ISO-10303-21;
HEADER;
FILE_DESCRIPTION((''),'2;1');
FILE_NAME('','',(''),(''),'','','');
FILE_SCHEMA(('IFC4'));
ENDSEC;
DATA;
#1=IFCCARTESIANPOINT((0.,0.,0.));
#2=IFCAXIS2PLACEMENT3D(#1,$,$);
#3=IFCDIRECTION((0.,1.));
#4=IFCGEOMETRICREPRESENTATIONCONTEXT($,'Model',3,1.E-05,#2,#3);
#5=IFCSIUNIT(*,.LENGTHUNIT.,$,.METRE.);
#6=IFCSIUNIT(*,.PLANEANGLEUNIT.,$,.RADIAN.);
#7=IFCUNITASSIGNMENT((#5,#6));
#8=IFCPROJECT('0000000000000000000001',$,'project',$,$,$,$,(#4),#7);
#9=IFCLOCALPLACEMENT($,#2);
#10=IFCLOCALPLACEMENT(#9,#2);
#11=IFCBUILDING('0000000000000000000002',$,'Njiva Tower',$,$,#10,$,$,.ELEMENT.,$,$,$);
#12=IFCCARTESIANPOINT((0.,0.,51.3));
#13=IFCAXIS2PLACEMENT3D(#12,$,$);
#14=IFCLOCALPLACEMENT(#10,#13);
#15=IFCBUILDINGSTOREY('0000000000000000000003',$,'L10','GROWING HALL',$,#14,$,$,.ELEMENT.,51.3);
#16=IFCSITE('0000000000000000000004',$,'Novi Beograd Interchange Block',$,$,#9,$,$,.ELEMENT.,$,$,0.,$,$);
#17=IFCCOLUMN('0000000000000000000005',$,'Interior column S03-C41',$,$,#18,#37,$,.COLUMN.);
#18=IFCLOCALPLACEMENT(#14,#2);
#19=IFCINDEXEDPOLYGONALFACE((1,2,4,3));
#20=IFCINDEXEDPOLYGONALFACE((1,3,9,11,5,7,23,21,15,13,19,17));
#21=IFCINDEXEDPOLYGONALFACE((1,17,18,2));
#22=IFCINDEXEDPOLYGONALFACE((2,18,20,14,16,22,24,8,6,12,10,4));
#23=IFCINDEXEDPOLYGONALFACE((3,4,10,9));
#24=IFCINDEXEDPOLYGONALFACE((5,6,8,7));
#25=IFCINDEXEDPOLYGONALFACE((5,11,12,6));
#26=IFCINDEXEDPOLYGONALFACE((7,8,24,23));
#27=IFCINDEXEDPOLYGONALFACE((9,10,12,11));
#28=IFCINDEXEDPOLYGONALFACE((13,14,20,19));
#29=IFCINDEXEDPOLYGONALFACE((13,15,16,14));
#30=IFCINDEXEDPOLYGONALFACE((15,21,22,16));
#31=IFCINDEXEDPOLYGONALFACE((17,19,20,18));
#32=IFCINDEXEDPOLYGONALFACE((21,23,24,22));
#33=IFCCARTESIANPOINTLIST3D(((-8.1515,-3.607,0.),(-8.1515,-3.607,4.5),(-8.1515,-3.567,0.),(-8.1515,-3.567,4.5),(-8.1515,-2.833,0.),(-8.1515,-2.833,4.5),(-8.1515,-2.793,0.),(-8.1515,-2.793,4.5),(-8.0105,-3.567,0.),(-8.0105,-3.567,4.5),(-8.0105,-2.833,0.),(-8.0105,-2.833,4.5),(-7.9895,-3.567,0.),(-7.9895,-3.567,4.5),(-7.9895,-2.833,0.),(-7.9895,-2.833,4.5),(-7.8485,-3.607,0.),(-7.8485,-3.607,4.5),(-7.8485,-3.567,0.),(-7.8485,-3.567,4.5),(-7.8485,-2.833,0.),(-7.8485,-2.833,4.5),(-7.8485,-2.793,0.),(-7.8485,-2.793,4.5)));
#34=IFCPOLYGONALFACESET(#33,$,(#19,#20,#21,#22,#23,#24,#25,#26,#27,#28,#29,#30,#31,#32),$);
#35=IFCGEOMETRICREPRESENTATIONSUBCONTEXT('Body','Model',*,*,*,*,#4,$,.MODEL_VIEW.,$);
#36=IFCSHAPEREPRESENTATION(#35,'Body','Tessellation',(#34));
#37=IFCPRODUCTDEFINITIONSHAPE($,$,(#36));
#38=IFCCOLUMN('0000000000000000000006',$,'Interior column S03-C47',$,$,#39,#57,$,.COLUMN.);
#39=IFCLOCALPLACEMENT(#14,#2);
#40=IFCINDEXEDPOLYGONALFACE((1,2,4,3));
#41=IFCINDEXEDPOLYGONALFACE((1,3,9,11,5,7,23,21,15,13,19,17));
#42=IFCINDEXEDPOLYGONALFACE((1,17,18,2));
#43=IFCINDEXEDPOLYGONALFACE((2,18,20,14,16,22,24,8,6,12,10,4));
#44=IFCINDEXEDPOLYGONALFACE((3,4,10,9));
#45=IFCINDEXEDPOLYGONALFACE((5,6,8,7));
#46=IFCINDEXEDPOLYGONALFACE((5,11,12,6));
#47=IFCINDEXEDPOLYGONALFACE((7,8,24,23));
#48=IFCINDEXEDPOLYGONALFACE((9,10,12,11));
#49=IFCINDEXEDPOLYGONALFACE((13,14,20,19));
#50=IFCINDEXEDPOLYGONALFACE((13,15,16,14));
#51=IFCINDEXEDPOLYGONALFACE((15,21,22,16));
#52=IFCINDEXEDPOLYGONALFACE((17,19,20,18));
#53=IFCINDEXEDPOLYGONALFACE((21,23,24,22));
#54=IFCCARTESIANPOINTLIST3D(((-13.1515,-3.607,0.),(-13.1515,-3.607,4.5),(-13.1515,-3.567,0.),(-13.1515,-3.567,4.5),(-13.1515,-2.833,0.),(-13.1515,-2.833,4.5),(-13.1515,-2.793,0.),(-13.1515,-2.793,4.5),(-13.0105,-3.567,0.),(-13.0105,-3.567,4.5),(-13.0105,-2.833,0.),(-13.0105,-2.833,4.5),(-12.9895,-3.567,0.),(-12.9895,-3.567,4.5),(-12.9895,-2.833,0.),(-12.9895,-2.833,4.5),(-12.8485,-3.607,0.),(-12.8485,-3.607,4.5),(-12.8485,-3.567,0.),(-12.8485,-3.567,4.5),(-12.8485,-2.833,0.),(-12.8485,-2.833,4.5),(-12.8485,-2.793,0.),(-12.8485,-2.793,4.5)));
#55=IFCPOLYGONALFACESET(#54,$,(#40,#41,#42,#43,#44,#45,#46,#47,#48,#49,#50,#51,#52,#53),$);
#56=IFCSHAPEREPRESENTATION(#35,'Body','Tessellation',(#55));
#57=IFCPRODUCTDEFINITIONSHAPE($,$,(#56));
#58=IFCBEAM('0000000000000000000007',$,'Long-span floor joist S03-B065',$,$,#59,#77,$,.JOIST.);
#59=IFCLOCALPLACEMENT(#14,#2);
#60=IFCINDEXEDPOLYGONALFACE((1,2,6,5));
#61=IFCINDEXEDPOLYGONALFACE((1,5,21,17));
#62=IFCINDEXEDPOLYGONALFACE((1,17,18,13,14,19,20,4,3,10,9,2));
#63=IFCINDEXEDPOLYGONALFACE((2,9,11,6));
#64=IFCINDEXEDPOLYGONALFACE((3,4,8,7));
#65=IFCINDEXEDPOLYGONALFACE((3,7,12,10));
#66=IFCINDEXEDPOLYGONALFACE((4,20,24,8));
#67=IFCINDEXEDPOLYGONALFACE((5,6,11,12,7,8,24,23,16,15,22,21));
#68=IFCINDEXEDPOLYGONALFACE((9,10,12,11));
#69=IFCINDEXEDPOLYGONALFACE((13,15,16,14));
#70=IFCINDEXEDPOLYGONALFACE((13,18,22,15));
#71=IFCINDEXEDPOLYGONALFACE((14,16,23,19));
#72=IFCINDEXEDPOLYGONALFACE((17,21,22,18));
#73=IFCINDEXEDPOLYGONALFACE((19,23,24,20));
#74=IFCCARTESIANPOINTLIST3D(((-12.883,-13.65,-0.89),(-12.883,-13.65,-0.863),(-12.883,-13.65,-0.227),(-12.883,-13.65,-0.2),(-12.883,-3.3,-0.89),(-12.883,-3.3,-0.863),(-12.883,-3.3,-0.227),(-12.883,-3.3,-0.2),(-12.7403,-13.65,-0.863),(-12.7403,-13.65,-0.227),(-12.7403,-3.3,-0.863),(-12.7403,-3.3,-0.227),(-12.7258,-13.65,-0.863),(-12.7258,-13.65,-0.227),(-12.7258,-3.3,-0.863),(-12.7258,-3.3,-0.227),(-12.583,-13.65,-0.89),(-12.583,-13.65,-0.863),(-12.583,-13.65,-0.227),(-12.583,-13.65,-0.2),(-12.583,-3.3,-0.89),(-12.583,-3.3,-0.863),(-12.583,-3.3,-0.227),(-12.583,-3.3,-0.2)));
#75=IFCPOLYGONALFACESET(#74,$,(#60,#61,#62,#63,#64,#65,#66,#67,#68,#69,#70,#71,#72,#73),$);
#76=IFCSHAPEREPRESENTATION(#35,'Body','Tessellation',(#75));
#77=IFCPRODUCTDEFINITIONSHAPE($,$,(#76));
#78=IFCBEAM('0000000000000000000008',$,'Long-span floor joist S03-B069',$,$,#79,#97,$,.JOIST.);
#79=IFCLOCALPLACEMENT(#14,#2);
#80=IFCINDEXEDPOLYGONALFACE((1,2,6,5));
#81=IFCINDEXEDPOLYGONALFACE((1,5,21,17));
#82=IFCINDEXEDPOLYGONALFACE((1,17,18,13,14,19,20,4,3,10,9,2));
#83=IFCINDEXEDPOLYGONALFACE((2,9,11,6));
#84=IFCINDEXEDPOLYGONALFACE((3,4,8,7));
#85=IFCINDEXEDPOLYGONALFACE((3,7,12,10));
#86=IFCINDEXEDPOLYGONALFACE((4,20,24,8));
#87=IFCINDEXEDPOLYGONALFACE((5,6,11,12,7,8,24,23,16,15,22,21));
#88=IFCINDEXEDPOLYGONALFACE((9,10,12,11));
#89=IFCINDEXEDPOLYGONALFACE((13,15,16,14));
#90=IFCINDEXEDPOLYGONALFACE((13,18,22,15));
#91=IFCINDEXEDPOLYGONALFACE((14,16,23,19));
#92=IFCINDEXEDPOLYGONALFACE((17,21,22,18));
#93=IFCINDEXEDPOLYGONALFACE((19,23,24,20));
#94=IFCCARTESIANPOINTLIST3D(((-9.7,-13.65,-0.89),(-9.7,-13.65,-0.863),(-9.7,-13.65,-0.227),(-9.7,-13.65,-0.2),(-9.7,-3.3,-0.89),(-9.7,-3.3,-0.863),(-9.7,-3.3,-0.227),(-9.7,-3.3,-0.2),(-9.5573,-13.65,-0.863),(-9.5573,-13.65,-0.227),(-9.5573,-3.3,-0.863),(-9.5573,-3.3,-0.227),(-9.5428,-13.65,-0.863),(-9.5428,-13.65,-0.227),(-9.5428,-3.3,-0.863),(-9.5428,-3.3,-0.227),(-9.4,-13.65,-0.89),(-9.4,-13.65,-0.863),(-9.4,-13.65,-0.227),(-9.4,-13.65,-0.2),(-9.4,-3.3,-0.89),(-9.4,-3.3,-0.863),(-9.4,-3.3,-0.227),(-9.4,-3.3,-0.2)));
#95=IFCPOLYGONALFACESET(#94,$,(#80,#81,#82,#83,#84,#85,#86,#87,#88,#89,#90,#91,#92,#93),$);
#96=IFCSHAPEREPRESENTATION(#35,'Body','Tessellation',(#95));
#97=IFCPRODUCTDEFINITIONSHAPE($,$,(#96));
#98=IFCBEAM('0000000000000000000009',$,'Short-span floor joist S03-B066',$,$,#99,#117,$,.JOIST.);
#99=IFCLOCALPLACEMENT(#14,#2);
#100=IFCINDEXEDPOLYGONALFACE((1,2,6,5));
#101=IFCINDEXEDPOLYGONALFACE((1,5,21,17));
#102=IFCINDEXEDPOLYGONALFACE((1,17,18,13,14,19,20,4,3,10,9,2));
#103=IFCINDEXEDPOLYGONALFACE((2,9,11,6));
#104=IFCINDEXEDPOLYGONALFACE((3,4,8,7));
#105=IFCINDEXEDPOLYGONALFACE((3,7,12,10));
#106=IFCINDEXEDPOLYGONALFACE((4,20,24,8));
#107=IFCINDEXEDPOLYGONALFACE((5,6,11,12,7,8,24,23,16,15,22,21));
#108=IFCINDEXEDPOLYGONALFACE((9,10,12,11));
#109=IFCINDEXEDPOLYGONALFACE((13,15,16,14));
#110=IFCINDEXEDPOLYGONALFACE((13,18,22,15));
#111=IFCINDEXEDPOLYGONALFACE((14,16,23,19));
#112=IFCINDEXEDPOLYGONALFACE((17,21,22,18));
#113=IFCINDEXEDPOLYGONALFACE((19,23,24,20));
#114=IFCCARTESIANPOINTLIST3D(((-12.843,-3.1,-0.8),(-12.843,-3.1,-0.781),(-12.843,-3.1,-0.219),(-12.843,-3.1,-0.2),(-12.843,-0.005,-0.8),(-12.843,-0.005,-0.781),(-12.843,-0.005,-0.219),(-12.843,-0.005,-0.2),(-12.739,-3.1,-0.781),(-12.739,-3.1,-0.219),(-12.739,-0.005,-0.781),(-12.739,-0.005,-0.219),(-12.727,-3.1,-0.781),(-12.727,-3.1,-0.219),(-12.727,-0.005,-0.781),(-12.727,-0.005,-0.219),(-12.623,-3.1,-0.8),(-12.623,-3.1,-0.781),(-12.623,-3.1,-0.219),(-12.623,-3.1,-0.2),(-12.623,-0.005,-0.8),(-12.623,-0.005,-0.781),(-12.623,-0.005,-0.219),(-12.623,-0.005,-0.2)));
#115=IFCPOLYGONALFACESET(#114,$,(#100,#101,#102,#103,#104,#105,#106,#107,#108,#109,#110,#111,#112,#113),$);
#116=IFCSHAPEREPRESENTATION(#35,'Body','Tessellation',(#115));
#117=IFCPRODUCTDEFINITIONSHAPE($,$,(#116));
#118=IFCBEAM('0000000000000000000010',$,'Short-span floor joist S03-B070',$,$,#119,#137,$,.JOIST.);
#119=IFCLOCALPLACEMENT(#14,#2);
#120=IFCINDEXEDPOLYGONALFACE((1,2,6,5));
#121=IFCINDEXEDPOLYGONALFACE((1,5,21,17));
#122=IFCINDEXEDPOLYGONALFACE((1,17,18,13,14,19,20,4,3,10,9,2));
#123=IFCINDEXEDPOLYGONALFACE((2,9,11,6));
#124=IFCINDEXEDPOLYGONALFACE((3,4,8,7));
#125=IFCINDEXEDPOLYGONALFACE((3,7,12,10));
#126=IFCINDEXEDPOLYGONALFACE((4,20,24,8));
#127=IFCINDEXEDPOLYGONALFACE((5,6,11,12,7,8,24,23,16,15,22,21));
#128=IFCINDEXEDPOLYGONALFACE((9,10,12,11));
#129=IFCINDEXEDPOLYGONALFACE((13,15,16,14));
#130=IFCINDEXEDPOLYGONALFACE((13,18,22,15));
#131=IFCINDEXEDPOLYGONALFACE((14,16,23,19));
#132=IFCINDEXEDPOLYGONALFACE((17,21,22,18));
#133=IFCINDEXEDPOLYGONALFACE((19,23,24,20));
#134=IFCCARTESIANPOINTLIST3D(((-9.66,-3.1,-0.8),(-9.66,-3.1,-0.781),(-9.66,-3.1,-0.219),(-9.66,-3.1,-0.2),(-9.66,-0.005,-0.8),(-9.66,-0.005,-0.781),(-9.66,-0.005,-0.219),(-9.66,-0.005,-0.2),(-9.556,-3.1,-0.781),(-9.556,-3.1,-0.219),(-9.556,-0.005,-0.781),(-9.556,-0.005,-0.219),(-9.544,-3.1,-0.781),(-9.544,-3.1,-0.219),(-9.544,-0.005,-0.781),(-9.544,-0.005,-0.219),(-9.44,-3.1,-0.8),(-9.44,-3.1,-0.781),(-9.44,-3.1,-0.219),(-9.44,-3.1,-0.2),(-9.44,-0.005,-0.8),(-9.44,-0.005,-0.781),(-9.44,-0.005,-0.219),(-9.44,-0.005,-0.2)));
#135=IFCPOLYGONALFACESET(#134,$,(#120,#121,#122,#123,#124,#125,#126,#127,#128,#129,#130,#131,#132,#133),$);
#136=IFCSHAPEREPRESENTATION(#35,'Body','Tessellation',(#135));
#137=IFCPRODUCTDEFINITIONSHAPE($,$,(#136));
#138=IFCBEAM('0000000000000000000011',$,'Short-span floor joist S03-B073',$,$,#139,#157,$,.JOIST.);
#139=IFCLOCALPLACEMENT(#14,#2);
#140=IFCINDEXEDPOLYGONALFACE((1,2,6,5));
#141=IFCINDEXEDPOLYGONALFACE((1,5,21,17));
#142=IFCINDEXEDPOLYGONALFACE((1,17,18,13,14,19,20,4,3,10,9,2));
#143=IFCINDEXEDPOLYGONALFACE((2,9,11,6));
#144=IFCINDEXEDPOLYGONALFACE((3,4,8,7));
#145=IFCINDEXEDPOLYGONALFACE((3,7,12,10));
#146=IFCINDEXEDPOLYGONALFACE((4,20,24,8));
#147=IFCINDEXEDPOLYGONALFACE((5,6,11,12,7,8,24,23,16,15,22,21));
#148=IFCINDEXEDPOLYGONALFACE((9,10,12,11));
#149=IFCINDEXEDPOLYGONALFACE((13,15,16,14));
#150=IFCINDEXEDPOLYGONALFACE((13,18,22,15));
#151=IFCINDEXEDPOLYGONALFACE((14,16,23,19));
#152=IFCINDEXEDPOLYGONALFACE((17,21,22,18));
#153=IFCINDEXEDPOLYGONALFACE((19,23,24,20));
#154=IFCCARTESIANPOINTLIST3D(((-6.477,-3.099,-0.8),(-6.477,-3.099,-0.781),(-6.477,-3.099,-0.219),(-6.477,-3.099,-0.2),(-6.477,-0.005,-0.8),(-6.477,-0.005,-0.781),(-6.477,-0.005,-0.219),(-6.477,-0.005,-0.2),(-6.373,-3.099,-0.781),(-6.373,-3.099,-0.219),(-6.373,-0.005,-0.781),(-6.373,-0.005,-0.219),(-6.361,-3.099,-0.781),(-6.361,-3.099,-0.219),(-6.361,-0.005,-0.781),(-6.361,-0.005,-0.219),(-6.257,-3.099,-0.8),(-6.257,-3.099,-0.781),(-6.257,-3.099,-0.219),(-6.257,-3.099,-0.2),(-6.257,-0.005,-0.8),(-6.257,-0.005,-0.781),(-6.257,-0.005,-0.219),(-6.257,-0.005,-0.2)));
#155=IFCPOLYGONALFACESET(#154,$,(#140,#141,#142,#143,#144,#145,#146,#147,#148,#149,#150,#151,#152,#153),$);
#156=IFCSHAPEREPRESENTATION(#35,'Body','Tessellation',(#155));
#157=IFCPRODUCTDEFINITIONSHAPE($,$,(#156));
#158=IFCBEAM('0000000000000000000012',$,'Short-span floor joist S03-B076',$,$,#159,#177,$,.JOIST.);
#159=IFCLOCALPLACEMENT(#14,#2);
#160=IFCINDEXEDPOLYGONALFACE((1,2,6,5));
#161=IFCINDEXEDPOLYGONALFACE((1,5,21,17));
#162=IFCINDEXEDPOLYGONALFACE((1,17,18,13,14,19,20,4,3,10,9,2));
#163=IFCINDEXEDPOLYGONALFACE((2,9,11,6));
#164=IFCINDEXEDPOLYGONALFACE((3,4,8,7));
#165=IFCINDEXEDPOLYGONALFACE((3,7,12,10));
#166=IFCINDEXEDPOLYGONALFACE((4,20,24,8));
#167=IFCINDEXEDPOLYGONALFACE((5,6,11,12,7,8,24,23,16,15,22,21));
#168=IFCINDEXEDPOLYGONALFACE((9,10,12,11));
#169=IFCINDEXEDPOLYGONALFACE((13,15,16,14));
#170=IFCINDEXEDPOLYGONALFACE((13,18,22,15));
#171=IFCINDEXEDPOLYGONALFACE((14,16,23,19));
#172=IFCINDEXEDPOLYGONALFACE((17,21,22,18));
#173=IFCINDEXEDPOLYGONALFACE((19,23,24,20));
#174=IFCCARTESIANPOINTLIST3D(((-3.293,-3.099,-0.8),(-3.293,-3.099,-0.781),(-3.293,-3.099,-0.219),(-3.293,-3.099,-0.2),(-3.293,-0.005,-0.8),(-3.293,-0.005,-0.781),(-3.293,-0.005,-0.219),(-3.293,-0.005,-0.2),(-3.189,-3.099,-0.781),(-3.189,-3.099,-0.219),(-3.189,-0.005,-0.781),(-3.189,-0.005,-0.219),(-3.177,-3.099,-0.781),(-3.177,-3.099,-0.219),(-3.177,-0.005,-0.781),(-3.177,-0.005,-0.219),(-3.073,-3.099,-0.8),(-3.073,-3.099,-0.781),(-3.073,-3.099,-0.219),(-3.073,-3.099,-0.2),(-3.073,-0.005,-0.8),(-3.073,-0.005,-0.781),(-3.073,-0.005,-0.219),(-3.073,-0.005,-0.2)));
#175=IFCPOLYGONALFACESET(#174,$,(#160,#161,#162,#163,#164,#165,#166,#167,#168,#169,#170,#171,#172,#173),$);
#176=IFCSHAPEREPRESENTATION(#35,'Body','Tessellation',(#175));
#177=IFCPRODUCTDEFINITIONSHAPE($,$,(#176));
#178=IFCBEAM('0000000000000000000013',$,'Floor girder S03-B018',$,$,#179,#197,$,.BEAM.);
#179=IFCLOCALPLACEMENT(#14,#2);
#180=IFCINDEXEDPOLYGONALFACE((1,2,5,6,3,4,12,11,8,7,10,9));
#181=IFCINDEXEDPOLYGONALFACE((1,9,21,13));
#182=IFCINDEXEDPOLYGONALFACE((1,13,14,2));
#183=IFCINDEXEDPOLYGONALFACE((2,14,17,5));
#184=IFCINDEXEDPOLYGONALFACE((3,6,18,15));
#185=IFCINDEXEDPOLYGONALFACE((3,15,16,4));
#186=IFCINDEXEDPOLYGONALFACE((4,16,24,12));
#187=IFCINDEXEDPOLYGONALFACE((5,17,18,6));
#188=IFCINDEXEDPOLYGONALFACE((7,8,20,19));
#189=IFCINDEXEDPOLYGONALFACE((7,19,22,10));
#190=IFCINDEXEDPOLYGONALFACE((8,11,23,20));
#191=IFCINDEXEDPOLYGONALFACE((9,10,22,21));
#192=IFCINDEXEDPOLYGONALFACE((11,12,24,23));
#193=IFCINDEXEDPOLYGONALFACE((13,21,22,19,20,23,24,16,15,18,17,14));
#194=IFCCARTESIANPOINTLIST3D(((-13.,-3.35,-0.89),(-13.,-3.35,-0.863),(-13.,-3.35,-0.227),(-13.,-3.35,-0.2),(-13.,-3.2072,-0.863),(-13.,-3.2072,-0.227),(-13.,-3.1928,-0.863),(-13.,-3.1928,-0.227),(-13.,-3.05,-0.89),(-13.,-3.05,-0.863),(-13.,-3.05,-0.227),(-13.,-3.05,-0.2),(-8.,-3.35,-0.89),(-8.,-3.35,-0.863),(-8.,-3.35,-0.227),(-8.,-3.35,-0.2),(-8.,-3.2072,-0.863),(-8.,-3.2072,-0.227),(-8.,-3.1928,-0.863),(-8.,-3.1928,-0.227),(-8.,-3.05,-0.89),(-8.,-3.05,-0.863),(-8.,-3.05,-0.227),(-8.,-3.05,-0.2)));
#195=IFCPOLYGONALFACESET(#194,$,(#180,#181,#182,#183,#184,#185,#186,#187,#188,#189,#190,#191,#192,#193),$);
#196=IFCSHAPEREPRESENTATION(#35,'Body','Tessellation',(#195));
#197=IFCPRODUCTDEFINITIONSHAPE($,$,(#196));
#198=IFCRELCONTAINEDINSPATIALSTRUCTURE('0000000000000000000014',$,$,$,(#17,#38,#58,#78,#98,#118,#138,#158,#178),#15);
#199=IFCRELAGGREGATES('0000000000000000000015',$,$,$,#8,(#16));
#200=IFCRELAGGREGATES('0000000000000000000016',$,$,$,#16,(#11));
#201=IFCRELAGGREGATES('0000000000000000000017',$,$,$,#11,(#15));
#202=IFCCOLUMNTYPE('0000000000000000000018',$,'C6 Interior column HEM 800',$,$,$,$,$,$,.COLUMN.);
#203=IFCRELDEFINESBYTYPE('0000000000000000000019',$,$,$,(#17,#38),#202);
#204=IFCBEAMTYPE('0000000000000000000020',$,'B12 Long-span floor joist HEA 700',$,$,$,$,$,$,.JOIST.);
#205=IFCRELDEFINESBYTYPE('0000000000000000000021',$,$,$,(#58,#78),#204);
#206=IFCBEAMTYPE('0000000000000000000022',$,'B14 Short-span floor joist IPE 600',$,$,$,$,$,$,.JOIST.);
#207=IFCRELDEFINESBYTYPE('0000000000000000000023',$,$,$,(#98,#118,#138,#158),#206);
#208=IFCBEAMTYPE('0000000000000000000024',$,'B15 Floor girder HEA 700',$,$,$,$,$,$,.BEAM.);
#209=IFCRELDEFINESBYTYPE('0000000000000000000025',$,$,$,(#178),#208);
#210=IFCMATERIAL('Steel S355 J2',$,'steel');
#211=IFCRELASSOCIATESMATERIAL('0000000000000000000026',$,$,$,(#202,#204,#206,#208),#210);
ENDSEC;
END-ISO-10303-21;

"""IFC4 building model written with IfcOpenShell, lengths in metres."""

from ifc_helpers import new_model, si_unit, direction, frame, origin, origin_2d, place, context, subcontext, project, spatial, i_section, extrude, material, material_profile, profile_set, type_object, element, save


model = new_model("IFC4")

# Units and contexts
model_context = context("Model", 3, precision=1e-05, world=origin(), true_north=direction((0.0, 1.0)))
body_context = subcontext(model_context, "Body", "Model", "MODEL_VIEW")
ifc_project = project(units=[si_unit("LENGTHUNIT", "METRE"), si_unit("PLANEANGLEUNIT", "RADIAN")], contexts=[model_context])

# Site, building, storey
site_placement = place(None, origin())
site = spatial("IfcSite", under=ifc_project, at=site_placement, Name="Novi Beograd Interchange Block", CompositionType="ELEMENT", RefElevation=0.0)
building_placement = place(site_placement, origin())
building = spatial("IfcBuilding", under=site, at=building_placement, Name="Njiva Tower", CompositionType="ELEMENT")
storey_placement = place(building_placement, frame((0.0, 0.0, 51.3)))
storey = spatial("IfcBuildingStorey", under=building, at=storey_placement, Name="L10", Description="GROWING HALL", CompositionType="ELEMENT", Elevation=51.3)

# Columns
ifc_material_1 = material(Name="Steel S355 J2", Category="steel")
ifc_material_profile_1 = material_profile(ifc_material_1, i_section(OverallWidth=0.303, OverallDepth=0.814, WebThickness=0.021, FlangeThickness=0.04, at=origin_2d()), Name="HEM 800")
ifc_profile_set_1 = profile_set([ifc_material_profile_1], Name="Steel S355 J2")
column_type = type_object("IfcColumnType", Name="C6 Interior column HEM 800", PredefinedType="COLUMN", material=ifc_profile_set_1)
for number, where, z_axis, x_axis, name in (
    (1, (-8.0, -3.2, 0.0), (0.0, 0.0, 1.0), (1.0, 0.0, 0.0), "Interior column S03-C41"),
    (2, (-13.0, -3.2, 0.0), (0.0, 0.0, 1.0), (1.0, 0.0, 0.0), "Interior column S03-C47"),
):
    element("IfcColumn", number, at=place(storey_placement, frame(where, z_axis=z_axis, x_axis=x_axis)), inside=storey, type_object=column_type, Name=name, PredefinedType="COLUMN", context=body_context, shape_type="SweptSolid", body=[
        extrude(i_section(OverallWidth=0.303, OverallDepth=0.814, WebThickness=0.021, FlangeThickness=0.04, at=origin_2d()), origin(), (0.0, 0.0, 1.0), 4.5),
    ])

# Beams
ifc_material_profile_2 = material_profile(ifc_material_1, i_section(OverallWidth=0.3, OverallDepth=0.69, WebThickness=0.0145, FlangeThickness=0.027, at=origin_2d()), Name="HEA 700")
ifc_profile_set_2 = profile_set([ifc_material_profile_2], Name="Steel S355 J2")
beam_type_1 = type_object("IfcBeamType", Name="B12 Long-span floor joist HEA 700", PredefinedType="JOIST", material=ifc_profile_set_2)
for number, where, z_axis, x_axis, name in (
    (3, (-12.733, -3.3, -0.545), (0.0, -1.0, 0.0), (1.0, 0.0, 0.0), "Long-span floor joist S03-B065"),
    (4, (-9.55, -3.3, -0.545), (0.0, -1.0, 0.0), (1.0, 0.0, 0.0), "Long-span floor joist S03-B069"),
):
    element("IfcBeam", number, at=place(storey_placement, frame(where, z_axis=z_axis, x_axis=x_axis)), inside=storey, type_object=beam_type_1, Name=name, PredefinedType="JOIST", context=body_context, shape_type="SweptSolid", body=[
        extrude(i_section(OverallWidth=0.3, OverallDepth=0.69, WebThickness=0.0145, FlangeThickness=0.027, at=origin_2d()), origin(), (0.0, 0.0, 1.0), 10.35),
    ])
ifc_material_profile_3 = material_profile(ifc_material_1, i_section(OverallWidth=0.22, OverallDepth=0.6, WebThickness=0.012, FlangeThickness=0.019, at=origin_2d()), Name="IPE 600")
ifc_profile_set_3 = profile_set([ifc_material_profile_3], Name="Steel S355 J2")
beam_type_2 = type_object("IfcBeamType", Name="B14 Short-span floor joist IPE 600", PredefinedType="JOIST", material=ifc_profile_set_3)
for number, where, z_axis, x_axis, name in (
    (5, (-12.733, -0.005, -0.5), (0.0, -1.0, 0.0), (1.0, 0.0, 0.0), "Short-span floor joist S03-B066"),
    (6, (-9.55, -0.005, -0.5), (0.0, -1.0, 0.0), (1.0, 0.0, 0.0), "Short-span floor joist S03-B070"),
):
    element("IfcBeam", number, at=place(storey_placement, frame(where, z_axis=z_axis, x_axis=x_axis)), inside=storey, type_object=beam_type_2, Name=name, PredefinedType="JOIST", context=body_context, shape_type="SweptSolid", body=[
        extrude(i_section(OverallWidth=0.22, OverallDepth=0.6, WebThickness=0.012, FlangeThickness=0.019, at=origin_2d()), origin(), (0.0, 0.0, 1.0), 3.095),
    ])
for number, where, z_axis, x_axis, name in (
    (7, (-6.367, -0.005, -0.5), (0.0, -1.0, 0.0), (1.0, 0.0, 0.0), "Short-span floor joist S03-B073"),
    (8, (-3.183, -0.005, -0.5), (0.0, -1.0, 0.0), (1.0, 0.0, 0.0), "Short-span floor joist S03-B076"),
):
    element("IfcBeam", number, at=place(storey_placement, frame(where, z_axis=z_axis, x_axis=x_axis)), inside=storey, type_object=beam_type_2, Name=name, PredefinedType="JOIST", context=body_context, shape_type="SweptSolid", body=[
        extrude(i_section(OverallWidth=0.22, OverallDepth=0.6, WebThickness=0.012, FlangeThickness=0.019, at=origin_2d()), origin(), (0.0, 0.0, 1.0), 3.094),
    ])
ifc_material_profile_4 = material_profile(ifc_material_1, i_section(OverallWidth=0.3, OverallDepth=0.69, WebThickness=0.0145, FlangeThickness=0.027, at=origin_2d()), Name="HEA 700")
ifc_profile_set_4 = profile_set([ifc_material_profile_4], Name="Steel S355 J2")
beam_type_3 = type_object("IfcBeamType", Name="B15 Floor girder HEA 700", PredefinedType="BEAM", material=ifc_profile_set_4)
beam_1_placement = place(storey_placement, frame((-13.0, -3.2, -0.545), z_axis=(1.0, 0.0, 0.0), x_axis=(0.0, 1.0, 0.0)))
element("IfcBeam", 9, at=beam_1_placement, inside=storey, type_object=beam_type_3, Name="Floor girder S03-B018", PredefinedType="BEAM", context=body_context, shape_type="SweptSolid", body=[
    extrude(i_section(OverallWidth=0.3, OverallDepth=0.69, WebThickness=0.0145, FlangeThickness=0.027, at=origin_2d()), origin(), (0.0, 0.0, 1.0), 5.0),
])

save(model, "model.ifc")
